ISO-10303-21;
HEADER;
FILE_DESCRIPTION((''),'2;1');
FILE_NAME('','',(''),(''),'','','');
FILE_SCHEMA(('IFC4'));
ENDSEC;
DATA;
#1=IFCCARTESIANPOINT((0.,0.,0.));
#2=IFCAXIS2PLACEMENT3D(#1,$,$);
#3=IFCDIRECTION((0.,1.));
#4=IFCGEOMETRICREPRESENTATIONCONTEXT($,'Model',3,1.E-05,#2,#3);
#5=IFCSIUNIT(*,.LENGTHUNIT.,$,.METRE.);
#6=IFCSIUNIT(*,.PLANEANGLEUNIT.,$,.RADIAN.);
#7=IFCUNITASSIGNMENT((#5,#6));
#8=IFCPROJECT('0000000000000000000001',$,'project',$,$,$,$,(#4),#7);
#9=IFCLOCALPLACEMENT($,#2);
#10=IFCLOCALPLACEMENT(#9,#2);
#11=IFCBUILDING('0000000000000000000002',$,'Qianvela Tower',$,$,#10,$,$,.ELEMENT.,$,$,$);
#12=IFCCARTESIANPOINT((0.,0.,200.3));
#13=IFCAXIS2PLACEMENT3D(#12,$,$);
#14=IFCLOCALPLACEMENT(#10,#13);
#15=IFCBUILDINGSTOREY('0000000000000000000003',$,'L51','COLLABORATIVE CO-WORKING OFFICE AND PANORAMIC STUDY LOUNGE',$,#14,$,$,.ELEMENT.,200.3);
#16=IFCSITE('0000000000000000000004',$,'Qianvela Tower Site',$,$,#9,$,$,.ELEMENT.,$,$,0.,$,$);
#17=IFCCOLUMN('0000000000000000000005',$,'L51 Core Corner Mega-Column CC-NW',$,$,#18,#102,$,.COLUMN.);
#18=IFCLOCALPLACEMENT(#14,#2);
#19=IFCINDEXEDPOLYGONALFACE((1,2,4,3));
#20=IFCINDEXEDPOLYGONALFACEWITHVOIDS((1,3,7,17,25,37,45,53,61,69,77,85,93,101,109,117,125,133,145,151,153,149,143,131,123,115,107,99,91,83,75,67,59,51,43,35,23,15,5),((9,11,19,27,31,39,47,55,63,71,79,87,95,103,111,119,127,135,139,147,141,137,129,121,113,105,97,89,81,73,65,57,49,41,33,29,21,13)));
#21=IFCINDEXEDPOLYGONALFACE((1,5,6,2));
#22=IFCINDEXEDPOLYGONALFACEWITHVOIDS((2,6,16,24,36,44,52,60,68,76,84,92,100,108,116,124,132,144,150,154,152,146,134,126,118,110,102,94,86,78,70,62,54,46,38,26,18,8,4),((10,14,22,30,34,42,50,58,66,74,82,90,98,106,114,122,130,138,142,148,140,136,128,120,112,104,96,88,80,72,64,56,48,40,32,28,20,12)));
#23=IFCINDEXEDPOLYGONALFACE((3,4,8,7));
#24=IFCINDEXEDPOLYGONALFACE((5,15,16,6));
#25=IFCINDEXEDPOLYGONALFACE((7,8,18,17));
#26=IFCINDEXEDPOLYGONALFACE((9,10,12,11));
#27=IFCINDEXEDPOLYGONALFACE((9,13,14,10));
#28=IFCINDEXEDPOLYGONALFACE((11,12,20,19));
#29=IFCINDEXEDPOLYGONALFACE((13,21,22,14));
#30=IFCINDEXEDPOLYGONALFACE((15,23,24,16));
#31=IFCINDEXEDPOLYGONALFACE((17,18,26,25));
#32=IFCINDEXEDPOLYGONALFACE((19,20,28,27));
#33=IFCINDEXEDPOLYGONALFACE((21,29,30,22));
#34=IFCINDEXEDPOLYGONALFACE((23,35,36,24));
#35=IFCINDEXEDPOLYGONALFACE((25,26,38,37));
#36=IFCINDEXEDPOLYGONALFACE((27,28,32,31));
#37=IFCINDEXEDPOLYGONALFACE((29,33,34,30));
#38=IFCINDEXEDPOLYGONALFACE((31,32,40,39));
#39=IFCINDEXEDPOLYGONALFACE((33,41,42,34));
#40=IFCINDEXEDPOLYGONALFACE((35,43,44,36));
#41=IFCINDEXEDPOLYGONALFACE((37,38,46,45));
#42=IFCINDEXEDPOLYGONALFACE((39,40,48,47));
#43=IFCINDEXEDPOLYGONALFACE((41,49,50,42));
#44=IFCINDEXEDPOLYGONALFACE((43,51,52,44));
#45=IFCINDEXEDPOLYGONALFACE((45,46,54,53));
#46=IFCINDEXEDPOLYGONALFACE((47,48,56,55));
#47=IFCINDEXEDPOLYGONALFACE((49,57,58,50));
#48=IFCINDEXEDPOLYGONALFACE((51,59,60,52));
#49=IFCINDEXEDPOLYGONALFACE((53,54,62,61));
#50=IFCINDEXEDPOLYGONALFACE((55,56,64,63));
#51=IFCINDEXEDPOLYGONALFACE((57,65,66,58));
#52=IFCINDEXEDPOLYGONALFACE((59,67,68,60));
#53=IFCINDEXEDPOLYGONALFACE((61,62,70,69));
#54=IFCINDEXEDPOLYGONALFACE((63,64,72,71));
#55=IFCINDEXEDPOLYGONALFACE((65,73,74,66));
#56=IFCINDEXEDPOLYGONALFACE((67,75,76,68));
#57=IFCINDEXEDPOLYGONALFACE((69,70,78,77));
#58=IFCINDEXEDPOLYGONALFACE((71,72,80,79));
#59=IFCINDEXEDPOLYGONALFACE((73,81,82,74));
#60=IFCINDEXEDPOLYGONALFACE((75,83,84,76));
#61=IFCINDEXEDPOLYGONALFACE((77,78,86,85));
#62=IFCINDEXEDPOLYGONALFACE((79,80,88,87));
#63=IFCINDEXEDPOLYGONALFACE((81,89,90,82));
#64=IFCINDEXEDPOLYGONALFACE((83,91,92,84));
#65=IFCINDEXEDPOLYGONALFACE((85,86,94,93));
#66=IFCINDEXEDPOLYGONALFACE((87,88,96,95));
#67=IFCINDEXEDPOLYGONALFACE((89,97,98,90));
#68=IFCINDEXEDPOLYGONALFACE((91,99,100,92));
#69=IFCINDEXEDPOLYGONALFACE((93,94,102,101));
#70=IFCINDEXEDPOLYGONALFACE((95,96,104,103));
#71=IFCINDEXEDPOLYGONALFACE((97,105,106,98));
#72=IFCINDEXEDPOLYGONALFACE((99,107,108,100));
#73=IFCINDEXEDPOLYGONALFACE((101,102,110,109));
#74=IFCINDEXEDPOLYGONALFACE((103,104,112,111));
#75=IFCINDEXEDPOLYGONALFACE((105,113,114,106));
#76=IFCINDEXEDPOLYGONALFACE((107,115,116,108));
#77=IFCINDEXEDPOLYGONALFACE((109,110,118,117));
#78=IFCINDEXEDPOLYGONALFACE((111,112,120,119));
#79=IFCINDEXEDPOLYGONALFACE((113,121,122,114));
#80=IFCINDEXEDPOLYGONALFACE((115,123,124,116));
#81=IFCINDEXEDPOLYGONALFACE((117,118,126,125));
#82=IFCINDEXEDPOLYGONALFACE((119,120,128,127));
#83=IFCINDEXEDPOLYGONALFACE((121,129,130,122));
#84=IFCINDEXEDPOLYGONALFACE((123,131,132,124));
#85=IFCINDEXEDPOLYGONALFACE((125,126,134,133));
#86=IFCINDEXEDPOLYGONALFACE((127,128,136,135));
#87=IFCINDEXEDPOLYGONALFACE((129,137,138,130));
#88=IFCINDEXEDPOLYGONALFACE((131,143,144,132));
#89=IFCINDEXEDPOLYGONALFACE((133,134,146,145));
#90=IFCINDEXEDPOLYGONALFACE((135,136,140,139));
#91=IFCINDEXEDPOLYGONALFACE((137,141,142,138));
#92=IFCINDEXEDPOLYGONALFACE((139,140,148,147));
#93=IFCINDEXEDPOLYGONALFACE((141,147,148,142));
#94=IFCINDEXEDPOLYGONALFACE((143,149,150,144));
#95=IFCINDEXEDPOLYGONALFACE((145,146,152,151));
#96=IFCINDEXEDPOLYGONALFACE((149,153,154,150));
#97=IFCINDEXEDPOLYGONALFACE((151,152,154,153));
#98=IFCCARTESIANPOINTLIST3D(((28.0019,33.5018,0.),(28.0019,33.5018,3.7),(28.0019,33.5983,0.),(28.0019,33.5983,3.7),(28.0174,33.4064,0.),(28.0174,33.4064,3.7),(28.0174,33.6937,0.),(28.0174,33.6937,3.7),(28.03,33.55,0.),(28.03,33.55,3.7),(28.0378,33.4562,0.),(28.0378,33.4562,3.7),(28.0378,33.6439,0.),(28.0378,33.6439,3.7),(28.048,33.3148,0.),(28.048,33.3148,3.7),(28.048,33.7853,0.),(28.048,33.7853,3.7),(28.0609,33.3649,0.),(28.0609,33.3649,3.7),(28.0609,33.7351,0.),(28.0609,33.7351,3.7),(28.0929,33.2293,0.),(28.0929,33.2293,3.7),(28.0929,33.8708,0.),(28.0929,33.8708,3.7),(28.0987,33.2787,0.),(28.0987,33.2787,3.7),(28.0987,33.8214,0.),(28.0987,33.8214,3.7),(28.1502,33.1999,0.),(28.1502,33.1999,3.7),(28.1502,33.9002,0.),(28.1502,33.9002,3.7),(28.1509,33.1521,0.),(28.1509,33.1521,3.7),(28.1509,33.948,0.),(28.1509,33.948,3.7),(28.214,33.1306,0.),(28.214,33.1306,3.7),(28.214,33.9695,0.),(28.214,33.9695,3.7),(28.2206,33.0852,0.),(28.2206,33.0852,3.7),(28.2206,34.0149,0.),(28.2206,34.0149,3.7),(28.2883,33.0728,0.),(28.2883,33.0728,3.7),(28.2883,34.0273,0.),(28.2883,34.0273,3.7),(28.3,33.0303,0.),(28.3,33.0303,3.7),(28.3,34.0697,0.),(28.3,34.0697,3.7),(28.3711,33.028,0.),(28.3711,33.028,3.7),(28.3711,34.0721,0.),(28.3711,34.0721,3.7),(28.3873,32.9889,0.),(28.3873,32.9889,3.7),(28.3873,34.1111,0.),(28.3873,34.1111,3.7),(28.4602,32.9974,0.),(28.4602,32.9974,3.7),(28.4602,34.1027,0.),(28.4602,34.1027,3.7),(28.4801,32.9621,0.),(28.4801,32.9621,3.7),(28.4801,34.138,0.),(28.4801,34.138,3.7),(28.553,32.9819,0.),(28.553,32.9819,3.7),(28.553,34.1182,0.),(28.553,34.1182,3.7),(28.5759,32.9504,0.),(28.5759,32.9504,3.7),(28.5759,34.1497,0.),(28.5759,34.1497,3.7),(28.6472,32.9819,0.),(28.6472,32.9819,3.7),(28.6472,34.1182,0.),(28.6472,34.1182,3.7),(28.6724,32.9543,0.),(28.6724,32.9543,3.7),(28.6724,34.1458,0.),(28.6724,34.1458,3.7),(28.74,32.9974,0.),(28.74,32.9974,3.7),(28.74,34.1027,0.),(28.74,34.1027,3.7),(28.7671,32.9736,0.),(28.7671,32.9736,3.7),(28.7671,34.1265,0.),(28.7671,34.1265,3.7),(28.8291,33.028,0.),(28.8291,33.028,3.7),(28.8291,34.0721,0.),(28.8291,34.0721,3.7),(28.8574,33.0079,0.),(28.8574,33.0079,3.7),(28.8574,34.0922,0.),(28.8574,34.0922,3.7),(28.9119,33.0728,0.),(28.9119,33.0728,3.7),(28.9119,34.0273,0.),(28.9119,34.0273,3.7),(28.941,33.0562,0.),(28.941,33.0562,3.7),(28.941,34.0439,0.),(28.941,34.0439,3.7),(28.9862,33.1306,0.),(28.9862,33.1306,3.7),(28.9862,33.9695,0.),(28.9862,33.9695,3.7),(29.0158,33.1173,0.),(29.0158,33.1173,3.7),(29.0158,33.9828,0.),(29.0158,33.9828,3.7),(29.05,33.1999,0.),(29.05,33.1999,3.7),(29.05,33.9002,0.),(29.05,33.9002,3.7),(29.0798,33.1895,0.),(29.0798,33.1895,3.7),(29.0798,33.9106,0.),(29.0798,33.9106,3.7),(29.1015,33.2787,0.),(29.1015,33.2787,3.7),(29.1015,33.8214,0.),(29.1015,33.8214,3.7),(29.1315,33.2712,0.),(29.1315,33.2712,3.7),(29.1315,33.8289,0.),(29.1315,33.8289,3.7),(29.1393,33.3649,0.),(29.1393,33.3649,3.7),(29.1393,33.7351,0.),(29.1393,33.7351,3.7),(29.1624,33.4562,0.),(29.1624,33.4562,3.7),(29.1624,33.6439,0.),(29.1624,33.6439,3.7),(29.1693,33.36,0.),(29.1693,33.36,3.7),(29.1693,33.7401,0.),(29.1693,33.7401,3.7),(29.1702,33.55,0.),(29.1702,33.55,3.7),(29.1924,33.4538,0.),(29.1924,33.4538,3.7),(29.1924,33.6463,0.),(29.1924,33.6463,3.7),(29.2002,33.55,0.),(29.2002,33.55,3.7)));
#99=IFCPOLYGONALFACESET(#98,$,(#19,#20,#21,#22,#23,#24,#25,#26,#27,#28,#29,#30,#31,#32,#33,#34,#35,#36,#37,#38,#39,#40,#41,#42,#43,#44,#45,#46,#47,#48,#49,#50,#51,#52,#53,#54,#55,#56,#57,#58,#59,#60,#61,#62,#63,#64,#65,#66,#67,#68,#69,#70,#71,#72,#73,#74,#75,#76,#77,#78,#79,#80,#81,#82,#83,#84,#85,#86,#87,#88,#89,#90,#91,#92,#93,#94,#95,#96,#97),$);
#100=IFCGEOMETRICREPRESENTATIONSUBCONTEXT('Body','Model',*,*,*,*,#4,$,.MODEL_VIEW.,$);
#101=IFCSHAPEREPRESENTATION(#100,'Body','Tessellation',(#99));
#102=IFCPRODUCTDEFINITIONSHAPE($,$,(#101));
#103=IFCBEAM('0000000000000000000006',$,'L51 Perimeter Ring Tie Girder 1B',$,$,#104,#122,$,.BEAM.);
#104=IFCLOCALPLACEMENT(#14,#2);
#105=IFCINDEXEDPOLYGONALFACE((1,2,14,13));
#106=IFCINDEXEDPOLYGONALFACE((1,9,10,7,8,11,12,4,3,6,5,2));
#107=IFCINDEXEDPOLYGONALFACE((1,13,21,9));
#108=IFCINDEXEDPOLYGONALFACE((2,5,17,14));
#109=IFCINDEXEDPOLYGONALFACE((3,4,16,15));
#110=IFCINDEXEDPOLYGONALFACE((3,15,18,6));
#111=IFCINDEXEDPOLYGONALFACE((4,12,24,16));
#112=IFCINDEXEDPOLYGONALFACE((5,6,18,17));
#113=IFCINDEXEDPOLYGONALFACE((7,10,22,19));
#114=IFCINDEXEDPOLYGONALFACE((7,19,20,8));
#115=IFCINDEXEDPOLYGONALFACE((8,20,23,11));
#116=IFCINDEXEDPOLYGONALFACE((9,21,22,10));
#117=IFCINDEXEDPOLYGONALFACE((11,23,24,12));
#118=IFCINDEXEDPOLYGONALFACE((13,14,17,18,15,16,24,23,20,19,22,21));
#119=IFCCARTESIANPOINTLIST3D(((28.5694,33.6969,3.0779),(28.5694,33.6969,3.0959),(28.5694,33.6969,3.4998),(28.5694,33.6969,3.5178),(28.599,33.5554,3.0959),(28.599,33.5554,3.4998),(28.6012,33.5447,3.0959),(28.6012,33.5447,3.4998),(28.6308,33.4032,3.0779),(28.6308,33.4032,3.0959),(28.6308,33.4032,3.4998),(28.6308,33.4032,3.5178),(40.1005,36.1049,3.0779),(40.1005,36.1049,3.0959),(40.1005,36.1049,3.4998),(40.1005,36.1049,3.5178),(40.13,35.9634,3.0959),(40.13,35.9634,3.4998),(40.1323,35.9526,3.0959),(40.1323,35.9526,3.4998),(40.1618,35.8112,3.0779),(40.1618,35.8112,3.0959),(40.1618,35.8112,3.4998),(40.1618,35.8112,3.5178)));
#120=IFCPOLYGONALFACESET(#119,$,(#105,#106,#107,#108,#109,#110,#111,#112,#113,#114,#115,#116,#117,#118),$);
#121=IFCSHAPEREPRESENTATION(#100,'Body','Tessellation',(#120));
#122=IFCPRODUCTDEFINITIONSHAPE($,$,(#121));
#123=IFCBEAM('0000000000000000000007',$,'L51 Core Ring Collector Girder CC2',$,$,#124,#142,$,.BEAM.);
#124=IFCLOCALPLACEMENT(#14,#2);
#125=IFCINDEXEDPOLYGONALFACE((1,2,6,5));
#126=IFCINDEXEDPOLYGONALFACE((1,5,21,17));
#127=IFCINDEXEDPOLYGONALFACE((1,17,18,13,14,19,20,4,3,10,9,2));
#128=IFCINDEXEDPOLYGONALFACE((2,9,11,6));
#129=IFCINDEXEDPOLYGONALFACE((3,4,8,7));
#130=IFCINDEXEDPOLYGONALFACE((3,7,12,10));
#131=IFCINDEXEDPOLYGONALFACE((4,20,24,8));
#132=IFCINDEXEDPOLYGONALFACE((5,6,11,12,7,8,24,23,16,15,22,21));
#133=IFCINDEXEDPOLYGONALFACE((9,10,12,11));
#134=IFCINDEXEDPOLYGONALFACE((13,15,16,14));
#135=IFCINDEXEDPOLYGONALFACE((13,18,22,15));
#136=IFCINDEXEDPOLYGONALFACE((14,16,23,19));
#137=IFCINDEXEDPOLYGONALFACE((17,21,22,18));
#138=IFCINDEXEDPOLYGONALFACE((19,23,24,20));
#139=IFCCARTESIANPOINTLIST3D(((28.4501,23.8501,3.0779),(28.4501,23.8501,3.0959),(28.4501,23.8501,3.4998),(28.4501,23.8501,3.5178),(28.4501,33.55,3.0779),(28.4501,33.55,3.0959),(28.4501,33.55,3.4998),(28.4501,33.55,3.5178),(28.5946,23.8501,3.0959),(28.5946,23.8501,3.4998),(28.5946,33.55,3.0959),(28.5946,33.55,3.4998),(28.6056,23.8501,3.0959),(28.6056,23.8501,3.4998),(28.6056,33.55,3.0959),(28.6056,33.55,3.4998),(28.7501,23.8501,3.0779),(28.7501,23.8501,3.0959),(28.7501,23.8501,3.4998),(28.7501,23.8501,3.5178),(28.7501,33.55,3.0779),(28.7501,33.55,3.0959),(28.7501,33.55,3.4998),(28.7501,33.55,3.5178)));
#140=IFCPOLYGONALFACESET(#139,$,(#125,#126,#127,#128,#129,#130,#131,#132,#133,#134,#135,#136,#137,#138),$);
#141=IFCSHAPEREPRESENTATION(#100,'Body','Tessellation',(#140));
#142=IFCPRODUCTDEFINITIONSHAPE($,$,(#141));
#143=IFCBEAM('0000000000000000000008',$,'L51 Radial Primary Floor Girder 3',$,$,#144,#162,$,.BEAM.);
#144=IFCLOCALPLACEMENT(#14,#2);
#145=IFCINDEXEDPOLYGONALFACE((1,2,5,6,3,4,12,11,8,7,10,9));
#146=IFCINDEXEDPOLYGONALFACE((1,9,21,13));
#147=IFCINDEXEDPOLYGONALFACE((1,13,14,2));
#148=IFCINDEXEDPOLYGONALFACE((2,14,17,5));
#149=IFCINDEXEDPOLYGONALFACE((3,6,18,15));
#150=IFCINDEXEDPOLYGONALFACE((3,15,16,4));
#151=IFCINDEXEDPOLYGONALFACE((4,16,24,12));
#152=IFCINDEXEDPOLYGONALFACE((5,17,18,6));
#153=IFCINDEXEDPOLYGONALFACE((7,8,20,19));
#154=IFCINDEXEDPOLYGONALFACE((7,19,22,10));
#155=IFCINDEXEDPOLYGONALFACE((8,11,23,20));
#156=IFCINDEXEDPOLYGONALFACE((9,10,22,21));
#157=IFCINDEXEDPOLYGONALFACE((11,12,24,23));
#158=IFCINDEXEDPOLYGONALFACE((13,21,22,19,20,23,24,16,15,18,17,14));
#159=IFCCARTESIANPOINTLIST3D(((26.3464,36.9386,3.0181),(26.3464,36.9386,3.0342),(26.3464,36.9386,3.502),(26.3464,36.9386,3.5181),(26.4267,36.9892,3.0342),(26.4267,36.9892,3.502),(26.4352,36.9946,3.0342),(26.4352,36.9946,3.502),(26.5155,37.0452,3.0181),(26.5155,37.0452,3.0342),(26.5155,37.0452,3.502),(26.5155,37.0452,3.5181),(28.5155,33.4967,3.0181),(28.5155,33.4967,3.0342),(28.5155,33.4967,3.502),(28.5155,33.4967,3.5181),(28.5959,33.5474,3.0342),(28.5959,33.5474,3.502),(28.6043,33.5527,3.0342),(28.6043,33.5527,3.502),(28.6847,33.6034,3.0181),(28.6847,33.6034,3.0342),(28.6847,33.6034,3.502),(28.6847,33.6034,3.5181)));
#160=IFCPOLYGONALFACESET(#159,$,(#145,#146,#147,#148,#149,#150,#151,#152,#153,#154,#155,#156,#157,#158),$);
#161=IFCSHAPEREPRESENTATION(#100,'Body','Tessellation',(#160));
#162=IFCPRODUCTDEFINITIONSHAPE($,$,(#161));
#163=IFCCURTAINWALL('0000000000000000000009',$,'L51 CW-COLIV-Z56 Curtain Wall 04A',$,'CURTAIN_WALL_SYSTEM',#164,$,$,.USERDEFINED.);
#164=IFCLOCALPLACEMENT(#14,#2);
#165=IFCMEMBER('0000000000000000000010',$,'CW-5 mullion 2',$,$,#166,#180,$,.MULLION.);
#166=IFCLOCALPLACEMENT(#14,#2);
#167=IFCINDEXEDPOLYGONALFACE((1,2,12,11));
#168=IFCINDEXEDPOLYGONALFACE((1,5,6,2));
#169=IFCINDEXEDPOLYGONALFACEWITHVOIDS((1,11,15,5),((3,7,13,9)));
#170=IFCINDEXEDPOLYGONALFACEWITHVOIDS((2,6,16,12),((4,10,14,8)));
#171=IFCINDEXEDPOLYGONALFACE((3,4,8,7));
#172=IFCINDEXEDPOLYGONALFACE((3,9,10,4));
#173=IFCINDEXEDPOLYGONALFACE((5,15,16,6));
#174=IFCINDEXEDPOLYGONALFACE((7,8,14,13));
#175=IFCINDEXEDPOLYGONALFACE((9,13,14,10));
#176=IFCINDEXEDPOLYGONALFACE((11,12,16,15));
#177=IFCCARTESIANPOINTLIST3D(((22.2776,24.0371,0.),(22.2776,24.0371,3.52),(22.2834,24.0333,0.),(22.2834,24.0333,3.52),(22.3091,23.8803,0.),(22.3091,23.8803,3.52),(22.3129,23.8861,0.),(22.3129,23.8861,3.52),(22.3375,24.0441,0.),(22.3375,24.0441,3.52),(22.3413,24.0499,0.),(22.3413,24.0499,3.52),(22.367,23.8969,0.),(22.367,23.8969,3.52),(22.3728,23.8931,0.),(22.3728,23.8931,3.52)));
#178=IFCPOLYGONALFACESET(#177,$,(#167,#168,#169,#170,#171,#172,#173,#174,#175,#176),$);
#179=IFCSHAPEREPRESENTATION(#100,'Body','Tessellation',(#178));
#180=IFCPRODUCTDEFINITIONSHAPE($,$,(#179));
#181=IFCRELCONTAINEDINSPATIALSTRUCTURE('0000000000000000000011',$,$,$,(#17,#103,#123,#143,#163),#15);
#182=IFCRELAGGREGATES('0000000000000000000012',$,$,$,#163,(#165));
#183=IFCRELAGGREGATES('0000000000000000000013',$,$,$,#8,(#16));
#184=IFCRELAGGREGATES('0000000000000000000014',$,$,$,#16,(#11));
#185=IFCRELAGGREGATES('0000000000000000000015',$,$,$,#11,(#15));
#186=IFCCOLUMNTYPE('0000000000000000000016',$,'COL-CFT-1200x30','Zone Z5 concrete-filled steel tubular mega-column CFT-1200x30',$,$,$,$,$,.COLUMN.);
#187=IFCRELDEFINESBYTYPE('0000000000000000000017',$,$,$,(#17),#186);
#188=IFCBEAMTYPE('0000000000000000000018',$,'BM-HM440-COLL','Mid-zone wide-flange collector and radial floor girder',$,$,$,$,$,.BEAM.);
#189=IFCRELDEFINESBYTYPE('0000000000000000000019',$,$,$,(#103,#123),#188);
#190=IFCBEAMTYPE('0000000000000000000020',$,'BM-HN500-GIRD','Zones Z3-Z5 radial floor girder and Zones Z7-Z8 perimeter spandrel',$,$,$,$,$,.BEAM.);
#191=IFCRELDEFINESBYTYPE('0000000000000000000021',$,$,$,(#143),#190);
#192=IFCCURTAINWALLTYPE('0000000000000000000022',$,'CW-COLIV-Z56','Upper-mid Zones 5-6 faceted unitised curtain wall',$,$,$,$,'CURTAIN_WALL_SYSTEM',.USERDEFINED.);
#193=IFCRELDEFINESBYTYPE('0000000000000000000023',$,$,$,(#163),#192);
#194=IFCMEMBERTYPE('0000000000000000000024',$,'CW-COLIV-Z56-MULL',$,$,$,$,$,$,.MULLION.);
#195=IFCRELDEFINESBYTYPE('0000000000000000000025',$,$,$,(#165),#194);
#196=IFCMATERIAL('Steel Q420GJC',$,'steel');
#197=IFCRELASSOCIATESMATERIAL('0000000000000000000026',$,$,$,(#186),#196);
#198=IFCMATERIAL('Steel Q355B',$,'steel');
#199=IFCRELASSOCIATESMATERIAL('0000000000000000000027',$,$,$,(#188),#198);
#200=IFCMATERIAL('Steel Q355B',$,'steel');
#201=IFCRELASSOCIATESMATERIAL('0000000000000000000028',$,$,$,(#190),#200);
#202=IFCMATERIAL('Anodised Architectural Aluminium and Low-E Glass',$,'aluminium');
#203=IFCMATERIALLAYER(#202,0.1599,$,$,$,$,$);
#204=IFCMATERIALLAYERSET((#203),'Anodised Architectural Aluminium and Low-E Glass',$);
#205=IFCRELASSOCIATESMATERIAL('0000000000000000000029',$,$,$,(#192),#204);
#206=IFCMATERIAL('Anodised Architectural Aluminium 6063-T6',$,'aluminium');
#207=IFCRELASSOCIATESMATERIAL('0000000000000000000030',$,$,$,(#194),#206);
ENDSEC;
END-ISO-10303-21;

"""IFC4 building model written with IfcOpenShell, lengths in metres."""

from ifc_helpers import new_model, si_unit, direction, frame, origin, origin_2d, place, context, subcontext, project, spatial, hollow_rectangle, hollow_circle, i_section, extrude, material, layer, layer_set, material_profile, profile_set, type_object, element, aggregate, save


model = new_model("IFC4")

# Units and contexts
model_context = context("Model", 3, precision=1e-05, world=origin(), true_north=direction((0.0, 1.0)))
body_context = subcontext(model_context, "Body", "Model", "MODEL_VIEW")
ifc_project = project(units=[si_unit("LENGTHUNIT", "METRE"), si_unit("PLANEANGLEUNIT", "RADIAN")], contexts=[model_context])

# Site, building, storey
site_placement = place(None, origin())
site = spatial("IfcSite", under=ifc_project, at=site_placement, Name="Qianvela Tower Site", CompositionType="ELEMENT", RefElevation=0.0)
building_placement = place(site_placement, origin())
building = spatial("IfcBuilding", under=site, at=building_placement, Name="Qianvela Tower", CompositionType="ELEMENT")
storey_placement = place(building_placement, frame((0.0, 0.0, 200.3)))
storey = spatial("IfcBuildingStorey", under=building, at=storey_placement, Name="L51", Description="COLLABORATIVE CO-WORKING OFFICE AND PANORAMIC STUDY LOUNGE", CompositionType="ELEMENT", Elevation=200.3)

# Column
ifc_material_1 = material(Name="Steel Q420GJC", Category="steel")
ifc_material_profile_1 = material_profile(ifc_material_1, hollow_circle(Radius=0.6001, WallThickness=0.03, at=origin_2d()), Name="CFT-1200x30")
ifc_profile_set_1 = profile_set([ifc_material_profile_1], Name="Steel Q420GJC")
column_type = type_object("IfcColumnType", Name="COL-CFT-1200x30", Description="Zone Z5 concrete-filled steel tubular mega-column CFT-1200x30", PredefinedType="COLUMN", material=ifc_profile_set_1)
column_placement = place(storey_placement, frame((28.6001, 33.55, 0.0), z_axis=(0.0, 0.0, 1.0), x_axis=(1.0, 0.0, 0.0)))
element("IfcColumn", 1, at=column_placement, inside=storey, type_object=column_type, Name="L51 Core Corner Mega-Column CC-NW", PredefinedType="COLUMN", context=body_context, shape_type="SweptSolid", body=[
    extrude(hollow_circle(Radius=0.6001, WallThickness=0.03, at=origin_2d()), origin(), (0.0, 0.0, 1.0), 3.7),
])

# Beams
ifc_material_2 = material(Name="Steel Q355B", Category="steel")
ifc_material_profile_2 = material_profile(ifc_material_2, i_section(OverallWidth=0.3, OverallDepth=0.4399, WebThickness=0.011, FlangeThickness=0.0181, at=origin_2d()), Name="HM440x300x11x18")
ifc_profile_set_2 = profile_set([ifc_material_profile_2], Name="Steel Q355B")
beam_type_1 = type_object("IfcBeamType", Name="BM-HM440-COLL", Description="Mid-zone wide-flange collector and radial floor girder", PredefinedType="BEAM", material=ifc_profile_set_2)
beam_1_placement = place(storey_placement, frame((28.6001, 33.55, 3.2979), z_axis=(0.978884, 0.204415, 0.0), x_axis=(-0.204415, 0.978884, 0.0)))
element("IfcBeam", 2, at=beam_1_placement, inside=storey, type_object=beam_type_1, Name="L51 Perimeter Ring Tie Girder 1B", PredefinedType="BEAM", context=body_context, shape_type="SweptSolid", body=[
    extrude(i_section(OverallWidth=0.3, OverallDepth=0.4399, WebThickness=0.011, FlangeThickness=0.0181, at=origin_2d()), origin(), (0.0, 0.0, 1.0), 11.7798),
])
beam_2_placement = place(storey_placement, frame((28.6001, 33.55, 3.2979), z_axis=(0.0, -1.0, 0.0), x_axis=(1.0, 0.0, 0.0)))
element("IfcBeam", 3, at=beam_2_placement, inside=storey, type_object=beam_type_1, Name="L51 Core Ring Collector Girder CC2", PredefinedType="BEAM", context=body_context, shape_type="SweptSolid", body=[
    extrude(i_section(OverallWidth=0.3, OverallDepth=0.4399, WebThickness=0.011, FlangeThickness=0.0181, at=origin_2d()), origin(), (0.0, 0.0, 1.0), 9.7),
])
ifc_material_3 = material(Name="Steel Q355B", Category="steel")
ifc_material_profile_3 = material_profile(ifc_material_3, i_section(OverallWidth=0.2, OverallDepth=0.5, WebThickness=0.01, FlangeThickness=0.0161, at=origin_2d()), Name="HN500x200x10x16")
ifc_profile_set_3 = profile_set([ifc_material_profile_3], Name="Steel Q355B")
beam_type_2 = type_object("IfcBeamType", Name="BM-HN500-GIRD", Description="Zones Z3-Z5 radial floor girder and Zones Z7-Z8 perimeter spandrel", PredefinedType="BEAM", material=ifc_profile_set_3)
beam_3_placement = place(storey_placement, frame((28.6001, 33.55, 3.2681), z_axis=(-0.533178, 0.846003, 0.0), x_axis=(-0.846003, -0.533178, 0.0)))
element("IfcBeam", 4, at=beam_3_placement, inside=storey, type_object=beam_type_2, Name="L51 Radial Primary Floor Girder 3", PredefinedType="BEAM", context=body_context, shape_type="SweptSolid", body=[
    extrude(i_section(OverallWidth=0.2, OverallDepth=0.5, WebThickness=0.01, FlangeThickness=0.0161, at=origin_2d()), origin(), (0.0, 0.0, 1.0), 4.0684),
])

# Curtain wall, member
ifc_material_4 = material(Name="Anodised Architectural Aluminium and Low-E Glass", Category="aluminium")
ifc_layer_1 = layer(ifc_material_4, 0.1599)
ifc_layer_set_1 = layer_set([ifc_layer_1], Name="Anodised Architectural Aluminium and Low-E Glass")
curtain_wall_type = type_object("IfcCurtainWallType", Name="CW-COLIV-Z56", Description="Upper-mid Zones 5-6 faceted unitised curtain wall", ElementType="CURTAIN_WALL_SYSTEM", PredefinedType="USERDEFINED", material=ifc_layer_set_1)
curtain_wall_placement = place(storey_placement, origin())
curtain_wall = element("IfcCurtainWall", 5, at=curtain_wall_placement, inside=storey, type_object=curtain_wall_type, Name="L51 CW-COLIV-Z56 Curtain Wall 04A", ObjectType="CURTAIN_WALL_SYSTEM", PredefinedType="USERDEFINED")
ifc_material_5 = material(Name="Anodised Architectural Aluminium 6063-T6", Category="aluminium")
ifc_material_profile_4 = material_profile(ifc_material_5, hollow_rectangle(XDim=0.0649, YDim=0.1599, WallThickness=0.0049, at=origin_2d()), Name="ALU-MULL-65x160")
ifc_profile_set_4 = profile_set([ifc_material_profile_4], Name="Anodised Architectural Aluminium 6063-T6")
member_type = type_object("IfcMemberType", Name="CW-COLIV-Z56-MULL", PredefinedType="MULLION", material=ifc_profile_set_4)
member_placement = place(storey_placement, frame((22.3252, 23.9651, 0.0), z_axis=(0.0, 0.0, 1.0), x_axis=(0.980408, 0.196976, 0.0)))
member = element("IfcMember", 6, at=member_placement, type_object=member_type, Name="CW-5 mullion 2", PredefinedType="MULLION", context=body_context, shape_type="SweptSolid", body=[
    extrude(hollow_rectangle(XDim=0.0649, YDim=0.1599, WallThickness=0.0049, at=origin_2d()), origin(), (0.0, 0.0, 1.0), 3.52),
])
aggregate(curtain_wall, [member])

save(model, "model.ifc")
